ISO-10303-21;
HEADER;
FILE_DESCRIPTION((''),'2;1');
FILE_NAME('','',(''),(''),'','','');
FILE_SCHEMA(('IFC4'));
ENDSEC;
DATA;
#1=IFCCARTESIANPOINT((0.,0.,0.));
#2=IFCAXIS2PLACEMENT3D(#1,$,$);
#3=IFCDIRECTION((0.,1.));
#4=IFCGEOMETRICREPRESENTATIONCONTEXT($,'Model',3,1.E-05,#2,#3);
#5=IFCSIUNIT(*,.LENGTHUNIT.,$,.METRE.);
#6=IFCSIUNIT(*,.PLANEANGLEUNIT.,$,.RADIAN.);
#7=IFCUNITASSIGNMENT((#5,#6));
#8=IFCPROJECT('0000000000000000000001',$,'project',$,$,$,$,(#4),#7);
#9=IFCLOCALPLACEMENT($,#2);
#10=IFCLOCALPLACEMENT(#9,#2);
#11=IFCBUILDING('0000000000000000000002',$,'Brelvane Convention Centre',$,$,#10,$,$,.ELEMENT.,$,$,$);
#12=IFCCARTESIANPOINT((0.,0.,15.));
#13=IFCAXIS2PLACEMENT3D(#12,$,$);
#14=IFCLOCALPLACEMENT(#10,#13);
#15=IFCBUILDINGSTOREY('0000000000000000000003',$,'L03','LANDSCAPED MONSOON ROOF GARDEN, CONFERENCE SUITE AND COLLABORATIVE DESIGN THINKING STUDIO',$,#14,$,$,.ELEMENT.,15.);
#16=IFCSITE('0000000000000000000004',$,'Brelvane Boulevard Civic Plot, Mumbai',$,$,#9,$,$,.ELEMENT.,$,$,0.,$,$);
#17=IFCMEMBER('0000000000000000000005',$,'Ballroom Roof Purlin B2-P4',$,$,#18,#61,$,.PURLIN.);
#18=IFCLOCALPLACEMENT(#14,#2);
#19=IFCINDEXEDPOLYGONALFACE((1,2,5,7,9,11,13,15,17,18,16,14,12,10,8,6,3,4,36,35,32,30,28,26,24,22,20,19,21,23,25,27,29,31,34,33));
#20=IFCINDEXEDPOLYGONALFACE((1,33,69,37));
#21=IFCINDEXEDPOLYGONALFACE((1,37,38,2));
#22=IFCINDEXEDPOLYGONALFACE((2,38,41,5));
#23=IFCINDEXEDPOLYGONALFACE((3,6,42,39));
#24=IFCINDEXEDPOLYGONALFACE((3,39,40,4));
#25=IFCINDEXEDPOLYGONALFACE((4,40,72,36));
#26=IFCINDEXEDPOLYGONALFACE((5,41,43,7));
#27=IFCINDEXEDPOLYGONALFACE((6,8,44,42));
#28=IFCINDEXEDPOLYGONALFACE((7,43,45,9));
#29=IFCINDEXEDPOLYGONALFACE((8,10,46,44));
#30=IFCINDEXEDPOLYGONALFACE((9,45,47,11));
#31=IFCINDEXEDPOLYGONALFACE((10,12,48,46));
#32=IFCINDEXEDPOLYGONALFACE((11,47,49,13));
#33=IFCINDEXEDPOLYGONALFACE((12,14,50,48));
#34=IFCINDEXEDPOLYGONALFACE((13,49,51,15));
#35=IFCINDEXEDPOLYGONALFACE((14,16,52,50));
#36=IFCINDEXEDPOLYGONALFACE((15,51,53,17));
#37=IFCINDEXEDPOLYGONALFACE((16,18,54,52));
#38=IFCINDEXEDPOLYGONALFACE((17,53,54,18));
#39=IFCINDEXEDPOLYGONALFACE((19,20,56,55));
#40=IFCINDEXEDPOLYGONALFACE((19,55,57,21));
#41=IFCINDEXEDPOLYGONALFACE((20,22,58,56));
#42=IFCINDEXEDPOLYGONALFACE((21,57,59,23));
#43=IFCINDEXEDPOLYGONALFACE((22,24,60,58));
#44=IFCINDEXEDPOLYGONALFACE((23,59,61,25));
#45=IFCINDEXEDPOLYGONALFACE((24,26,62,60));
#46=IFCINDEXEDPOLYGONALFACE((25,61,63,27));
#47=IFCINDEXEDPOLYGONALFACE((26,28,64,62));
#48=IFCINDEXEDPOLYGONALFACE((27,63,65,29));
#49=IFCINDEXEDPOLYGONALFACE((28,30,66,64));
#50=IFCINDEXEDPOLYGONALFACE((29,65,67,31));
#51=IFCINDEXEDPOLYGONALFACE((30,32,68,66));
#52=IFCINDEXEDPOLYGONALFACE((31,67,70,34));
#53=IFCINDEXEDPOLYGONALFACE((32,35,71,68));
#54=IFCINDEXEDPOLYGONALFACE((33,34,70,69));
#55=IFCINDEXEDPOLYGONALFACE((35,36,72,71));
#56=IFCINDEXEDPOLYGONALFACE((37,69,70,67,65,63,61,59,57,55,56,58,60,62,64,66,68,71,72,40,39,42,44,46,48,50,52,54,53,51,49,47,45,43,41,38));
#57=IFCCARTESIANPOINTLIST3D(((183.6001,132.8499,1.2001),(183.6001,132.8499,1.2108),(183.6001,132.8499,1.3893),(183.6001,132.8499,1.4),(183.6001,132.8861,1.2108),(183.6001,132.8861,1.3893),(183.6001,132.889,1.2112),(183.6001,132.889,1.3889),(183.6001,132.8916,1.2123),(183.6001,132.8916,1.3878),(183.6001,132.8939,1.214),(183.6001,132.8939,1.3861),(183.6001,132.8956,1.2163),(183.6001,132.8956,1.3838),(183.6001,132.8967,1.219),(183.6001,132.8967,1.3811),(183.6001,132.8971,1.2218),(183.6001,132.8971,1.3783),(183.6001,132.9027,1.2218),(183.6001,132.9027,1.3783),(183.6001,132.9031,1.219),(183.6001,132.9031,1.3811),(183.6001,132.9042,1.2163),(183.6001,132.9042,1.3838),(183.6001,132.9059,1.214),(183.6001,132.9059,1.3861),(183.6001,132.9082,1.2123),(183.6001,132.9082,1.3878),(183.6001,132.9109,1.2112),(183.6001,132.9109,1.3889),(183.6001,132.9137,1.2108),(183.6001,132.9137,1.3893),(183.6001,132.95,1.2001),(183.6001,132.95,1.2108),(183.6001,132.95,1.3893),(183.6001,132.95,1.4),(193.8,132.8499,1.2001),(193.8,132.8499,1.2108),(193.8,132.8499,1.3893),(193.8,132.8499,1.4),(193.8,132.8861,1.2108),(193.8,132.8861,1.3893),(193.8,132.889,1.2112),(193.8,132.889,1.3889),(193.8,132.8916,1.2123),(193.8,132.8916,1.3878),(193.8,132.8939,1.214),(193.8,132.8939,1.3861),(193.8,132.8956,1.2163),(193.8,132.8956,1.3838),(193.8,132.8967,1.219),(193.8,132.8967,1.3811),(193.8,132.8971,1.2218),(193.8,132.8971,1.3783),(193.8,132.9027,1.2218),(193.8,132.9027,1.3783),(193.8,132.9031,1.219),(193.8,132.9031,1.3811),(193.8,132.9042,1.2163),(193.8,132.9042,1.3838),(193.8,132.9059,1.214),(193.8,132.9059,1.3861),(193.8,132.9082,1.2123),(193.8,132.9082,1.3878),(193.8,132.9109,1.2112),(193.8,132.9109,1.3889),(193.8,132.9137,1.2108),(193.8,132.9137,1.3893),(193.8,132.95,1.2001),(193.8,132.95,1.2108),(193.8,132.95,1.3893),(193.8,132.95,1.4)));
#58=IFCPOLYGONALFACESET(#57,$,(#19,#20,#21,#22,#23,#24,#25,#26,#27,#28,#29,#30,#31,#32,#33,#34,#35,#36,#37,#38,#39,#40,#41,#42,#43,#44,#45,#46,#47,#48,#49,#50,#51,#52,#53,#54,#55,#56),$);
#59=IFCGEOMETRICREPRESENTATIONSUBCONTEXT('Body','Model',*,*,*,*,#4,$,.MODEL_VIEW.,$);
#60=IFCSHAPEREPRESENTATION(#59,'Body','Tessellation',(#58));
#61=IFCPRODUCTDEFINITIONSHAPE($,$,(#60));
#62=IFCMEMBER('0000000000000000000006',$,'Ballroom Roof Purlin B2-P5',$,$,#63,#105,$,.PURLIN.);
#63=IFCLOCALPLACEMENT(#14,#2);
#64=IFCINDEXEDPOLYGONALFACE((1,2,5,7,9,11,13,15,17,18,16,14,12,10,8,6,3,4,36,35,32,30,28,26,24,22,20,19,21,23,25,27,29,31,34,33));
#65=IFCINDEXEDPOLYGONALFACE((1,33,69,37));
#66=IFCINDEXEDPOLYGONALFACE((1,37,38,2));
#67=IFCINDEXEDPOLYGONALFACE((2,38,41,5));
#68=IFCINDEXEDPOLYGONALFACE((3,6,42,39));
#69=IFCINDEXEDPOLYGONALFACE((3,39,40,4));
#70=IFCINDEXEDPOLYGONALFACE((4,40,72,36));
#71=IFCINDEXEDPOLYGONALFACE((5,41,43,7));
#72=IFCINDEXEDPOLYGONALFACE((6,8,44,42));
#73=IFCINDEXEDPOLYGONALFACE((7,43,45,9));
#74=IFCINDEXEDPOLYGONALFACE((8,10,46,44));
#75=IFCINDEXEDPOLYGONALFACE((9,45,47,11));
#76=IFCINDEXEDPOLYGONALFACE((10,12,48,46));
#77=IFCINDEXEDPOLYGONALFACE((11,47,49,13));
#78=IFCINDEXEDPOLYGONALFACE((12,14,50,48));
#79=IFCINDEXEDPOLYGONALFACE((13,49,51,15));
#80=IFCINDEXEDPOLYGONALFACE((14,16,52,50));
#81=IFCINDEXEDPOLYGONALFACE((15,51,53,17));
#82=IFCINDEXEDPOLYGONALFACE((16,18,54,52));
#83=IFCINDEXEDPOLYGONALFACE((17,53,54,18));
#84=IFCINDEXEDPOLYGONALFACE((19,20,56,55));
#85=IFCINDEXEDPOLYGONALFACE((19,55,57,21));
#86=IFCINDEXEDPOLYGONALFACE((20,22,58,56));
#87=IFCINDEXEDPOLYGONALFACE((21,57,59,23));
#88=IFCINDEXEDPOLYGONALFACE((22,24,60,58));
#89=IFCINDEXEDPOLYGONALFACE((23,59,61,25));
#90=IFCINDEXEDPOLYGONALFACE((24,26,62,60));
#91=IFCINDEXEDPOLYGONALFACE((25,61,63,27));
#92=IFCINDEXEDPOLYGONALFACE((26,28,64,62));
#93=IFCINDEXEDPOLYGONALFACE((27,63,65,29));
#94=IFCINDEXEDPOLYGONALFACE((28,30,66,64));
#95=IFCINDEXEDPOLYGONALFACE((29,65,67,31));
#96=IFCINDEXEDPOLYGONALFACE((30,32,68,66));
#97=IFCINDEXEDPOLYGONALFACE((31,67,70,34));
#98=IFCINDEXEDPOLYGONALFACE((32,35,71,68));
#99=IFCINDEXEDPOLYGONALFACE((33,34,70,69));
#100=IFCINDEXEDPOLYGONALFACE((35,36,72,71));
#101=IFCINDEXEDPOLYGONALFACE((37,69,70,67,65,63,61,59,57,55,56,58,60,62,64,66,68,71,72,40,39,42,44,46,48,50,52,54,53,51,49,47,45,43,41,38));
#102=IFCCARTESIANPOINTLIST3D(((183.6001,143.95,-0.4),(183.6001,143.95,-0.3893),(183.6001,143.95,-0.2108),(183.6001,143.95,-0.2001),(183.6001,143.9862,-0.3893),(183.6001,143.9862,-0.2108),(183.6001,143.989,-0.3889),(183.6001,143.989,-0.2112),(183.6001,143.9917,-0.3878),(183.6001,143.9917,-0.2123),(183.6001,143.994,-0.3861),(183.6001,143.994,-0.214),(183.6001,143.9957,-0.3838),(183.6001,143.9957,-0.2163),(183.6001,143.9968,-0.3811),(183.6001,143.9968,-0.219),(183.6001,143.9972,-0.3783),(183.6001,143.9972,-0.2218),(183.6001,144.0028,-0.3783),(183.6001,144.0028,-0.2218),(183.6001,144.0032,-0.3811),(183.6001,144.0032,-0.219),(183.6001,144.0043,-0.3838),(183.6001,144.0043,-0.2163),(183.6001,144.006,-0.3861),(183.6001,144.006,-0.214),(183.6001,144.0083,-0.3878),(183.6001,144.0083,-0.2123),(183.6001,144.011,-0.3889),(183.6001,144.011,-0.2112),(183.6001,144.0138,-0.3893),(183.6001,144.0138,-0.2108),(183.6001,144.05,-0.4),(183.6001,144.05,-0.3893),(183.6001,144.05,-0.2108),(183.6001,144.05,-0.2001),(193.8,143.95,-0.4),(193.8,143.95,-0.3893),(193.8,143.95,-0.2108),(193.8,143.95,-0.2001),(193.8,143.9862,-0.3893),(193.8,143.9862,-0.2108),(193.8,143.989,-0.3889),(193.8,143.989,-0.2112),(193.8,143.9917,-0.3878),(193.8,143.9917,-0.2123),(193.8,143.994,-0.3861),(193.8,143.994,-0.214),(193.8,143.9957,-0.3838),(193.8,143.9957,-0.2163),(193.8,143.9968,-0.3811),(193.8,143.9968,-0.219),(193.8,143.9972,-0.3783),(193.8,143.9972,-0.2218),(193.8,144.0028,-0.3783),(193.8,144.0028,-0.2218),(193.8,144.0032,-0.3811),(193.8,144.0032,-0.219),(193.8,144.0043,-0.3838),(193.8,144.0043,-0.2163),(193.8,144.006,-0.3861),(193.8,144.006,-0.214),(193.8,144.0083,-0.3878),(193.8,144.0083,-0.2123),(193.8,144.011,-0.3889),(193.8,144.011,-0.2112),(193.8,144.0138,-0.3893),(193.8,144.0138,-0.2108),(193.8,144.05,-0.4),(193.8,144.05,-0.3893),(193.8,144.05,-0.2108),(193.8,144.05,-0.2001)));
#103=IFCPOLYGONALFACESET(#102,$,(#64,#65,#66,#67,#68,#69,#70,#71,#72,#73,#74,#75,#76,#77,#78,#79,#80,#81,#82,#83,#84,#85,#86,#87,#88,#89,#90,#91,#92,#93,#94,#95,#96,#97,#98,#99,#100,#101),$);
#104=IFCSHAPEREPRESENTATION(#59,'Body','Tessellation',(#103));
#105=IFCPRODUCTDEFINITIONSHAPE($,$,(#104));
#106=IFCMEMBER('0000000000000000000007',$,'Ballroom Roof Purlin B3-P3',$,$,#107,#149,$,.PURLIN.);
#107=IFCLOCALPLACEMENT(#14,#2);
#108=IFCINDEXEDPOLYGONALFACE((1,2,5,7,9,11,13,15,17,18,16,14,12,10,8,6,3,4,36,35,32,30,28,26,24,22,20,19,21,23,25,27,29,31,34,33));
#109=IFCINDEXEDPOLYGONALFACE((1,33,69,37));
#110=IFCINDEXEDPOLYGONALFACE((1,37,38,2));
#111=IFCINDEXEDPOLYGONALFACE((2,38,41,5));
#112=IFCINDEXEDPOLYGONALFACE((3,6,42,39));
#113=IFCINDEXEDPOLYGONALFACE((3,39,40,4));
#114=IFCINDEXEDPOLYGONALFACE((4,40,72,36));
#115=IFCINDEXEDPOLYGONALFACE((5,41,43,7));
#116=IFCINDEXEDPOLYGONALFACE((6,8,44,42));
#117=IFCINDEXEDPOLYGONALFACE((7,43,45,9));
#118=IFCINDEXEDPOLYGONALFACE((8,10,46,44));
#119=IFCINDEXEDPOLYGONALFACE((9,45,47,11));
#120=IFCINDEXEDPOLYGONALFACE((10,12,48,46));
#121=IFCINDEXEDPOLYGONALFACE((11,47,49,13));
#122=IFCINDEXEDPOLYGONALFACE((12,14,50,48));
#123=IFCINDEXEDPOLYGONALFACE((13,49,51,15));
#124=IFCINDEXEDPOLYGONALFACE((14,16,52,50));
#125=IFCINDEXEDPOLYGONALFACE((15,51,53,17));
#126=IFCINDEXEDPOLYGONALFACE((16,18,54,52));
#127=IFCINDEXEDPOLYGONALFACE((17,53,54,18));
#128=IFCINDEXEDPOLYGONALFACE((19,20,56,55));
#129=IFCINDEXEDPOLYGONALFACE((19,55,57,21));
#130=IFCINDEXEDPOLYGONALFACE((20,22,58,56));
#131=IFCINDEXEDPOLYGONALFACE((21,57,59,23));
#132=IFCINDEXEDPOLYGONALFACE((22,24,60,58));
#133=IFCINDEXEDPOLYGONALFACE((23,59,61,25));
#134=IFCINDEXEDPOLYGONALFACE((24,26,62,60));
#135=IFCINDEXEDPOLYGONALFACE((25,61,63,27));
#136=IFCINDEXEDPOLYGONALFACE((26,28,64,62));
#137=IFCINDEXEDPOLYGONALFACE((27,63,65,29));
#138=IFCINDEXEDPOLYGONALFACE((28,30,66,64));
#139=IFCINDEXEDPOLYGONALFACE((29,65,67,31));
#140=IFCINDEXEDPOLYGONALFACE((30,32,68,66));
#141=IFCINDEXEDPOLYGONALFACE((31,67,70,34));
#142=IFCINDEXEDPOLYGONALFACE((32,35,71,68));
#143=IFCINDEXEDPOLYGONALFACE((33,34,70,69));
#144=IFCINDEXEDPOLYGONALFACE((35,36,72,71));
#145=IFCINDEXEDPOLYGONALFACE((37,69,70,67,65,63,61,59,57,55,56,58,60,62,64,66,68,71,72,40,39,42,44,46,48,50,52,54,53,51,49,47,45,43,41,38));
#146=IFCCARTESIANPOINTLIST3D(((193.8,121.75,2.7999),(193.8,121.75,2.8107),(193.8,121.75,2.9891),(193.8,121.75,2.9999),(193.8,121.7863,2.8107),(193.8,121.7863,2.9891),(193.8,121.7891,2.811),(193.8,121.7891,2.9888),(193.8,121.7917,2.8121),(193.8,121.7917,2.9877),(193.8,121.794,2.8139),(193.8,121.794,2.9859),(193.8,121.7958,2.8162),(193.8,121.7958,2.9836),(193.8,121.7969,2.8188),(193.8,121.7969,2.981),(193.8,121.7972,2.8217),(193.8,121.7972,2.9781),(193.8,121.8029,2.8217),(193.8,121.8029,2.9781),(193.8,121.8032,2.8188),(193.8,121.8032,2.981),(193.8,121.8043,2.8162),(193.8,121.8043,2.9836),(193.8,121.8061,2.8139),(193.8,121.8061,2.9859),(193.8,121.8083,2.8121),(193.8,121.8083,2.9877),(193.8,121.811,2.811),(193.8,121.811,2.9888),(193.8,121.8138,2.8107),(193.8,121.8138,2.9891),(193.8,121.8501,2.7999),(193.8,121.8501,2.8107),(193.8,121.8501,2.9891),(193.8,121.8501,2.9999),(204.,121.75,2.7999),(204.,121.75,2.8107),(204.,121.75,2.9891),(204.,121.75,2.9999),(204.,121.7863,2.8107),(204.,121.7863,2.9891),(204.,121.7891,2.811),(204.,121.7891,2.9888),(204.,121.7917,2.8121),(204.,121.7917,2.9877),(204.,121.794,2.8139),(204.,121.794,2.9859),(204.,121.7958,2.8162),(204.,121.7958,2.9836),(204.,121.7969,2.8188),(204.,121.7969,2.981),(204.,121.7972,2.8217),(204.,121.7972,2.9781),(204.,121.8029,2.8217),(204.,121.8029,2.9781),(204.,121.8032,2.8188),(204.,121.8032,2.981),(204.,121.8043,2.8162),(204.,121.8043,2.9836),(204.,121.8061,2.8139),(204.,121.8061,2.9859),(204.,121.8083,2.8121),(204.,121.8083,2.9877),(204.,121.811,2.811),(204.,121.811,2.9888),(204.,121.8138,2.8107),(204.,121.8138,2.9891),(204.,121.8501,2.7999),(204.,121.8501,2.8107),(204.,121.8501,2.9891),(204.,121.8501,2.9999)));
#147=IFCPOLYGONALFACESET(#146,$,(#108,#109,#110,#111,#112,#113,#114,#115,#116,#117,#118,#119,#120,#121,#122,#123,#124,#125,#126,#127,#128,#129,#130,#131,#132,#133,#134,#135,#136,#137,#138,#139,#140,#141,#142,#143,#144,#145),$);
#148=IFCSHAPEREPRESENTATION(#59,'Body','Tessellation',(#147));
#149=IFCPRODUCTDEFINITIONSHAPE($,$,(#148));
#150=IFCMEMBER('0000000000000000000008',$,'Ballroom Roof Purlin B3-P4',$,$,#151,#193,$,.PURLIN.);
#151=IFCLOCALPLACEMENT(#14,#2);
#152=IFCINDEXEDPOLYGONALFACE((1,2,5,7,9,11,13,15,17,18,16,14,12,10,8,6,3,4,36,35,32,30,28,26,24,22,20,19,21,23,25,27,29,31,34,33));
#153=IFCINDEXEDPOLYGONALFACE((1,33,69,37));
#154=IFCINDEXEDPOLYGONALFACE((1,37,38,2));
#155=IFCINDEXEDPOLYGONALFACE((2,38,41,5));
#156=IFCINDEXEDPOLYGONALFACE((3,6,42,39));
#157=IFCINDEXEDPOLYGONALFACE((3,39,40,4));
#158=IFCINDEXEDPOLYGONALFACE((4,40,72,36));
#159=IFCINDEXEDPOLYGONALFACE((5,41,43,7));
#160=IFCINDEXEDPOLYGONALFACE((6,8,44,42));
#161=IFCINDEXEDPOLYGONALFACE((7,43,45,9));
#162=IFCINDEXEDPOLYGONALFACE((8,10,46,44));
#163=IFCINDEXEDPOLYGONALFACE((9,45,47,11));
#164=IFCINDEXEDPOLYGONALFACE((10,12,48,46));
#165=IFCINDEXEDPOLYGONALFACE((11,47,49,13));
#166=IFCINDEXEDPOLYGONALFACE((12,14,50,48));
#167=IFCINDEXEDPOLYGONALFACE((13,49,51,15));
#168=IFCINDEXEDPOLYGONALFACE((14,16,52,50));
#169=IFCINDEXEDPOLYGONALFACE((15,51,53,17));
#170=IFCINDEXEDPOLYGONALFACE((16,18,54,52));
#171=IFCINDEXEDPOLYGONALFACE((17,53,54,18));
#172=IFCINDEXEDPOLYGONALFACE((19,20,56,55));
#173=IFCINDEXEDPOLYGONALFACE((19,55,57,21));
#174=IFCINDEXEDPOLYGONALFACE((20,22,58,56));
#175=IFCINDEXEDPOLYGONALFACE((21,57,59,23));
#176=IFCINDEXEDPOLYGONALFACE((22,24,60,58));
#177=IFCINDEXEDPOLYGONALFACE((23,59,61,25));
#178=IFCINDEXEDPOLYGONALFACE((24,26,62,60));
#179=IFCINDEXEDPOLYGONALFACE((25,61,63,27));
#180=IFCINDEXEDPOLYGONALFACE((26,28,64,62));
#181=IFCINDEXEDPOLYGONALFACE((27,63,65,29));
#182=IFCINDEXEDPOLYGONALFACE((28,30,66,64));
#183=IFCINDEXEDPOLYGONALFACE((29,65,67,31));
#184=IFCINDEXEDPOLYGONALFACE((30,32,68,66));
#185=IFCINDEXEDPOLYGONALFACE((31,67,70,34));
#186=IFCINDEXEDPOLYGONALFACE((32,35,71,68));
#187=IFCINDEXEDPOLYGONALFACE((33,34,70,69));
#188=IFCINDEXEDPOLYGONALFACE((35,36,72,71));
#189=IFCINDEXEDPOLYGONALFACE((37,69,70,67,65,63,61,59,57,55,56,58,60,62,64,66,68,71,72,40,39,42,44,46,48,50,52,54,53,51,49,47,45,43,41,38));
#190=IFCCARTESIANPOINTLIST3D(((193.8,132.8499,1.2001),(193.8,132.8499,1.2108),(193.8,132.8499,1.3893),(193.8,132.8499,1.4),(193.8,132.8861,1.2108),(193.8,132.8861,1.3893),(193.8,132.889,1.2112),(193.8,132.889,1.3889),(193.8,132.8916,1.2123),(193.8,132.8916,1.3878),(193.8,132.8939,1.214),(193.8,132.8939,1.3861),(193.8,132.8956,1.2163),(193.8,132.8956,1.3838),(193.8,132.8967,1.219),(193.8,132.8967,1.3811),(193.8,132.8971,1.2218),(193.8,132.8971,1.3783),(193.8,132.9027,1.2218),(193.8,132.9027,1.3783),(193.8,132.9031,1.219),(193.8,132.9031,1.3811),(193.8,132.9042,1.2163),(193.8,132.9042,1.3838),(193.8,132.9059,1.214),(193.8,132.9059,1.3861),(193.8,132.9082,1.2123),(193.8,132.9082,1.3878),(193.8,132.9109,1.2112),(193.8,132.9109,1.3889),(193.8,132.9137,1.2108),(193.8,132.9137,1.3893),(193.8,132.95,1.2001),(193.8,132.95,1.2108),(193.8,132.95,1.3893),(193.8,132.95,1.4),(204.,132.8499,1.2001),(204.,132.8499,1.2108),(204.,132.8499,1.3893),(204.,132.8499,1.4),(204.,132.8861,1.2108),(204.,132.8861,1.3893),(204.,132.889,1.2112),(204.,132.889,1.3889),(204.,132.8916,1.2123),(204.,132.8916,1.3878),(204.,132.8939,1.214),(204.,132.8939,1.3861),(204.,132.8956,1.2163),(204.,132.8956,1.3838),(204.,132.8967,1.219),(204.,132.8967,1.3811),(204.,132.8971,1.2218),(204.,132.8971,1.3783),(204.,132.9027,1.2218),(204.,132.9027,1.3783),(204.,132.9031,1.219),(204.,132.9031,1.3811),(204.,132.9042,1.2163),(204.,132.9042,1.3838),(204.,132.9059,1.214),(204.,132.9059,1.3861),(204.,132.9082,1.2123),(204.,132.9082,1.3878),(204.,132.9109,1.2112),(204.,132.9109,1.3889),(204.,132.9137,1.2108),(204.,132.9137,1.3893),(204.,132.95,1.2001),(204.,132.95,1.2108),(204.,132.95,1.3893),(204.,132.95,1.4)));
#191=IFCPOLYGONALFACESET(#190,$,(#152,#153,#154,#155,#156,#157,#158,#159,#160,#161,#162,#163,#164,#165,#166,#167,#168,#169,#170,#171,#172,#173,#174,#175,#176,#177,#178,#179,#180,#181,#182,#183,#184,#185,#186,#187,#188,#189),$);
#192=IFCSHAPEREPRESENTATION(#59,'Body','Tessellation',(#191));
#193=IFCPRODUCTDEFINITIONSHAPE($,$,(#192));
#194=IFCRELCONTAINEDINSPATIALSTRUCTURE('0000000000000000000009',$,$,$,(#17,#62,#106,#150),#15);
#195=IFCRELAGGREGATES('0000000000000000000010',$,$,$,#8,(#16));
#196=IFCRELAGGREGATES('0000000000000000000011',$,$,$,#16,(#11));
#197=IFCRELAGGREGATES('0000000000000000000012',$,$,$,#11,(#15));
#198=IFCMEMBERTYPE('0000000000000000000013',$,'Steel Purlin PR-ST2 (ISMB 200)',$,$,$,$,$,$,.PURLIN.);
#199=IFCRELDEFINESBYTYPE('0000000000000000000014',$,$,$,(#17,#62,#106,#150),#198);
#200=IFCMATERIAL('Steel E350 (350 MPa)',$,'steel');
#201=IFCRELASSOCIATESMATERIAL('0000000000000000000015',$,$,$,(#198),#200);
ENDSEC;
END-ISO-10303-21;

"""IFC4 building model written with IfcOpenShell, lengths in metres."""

from ifc_helpers import new_model, si_unit, direction, frame, origin, origin_2d, place, context, subcontext, project, spatial, i_section, extrude, material, material_profile, profile_set, type_object, element, save


model = new_model("IFC4")

# Units and contexts
model_context = context("Model", 3, precision=1e-05, world=origin(), true_north=direction((0.0, 1.0)))
body_context = subcontext(model_context, "Body", "Model", "MODEL_VIEW")
ifc_project = project(units=[si_unit("LENGTHUNIT", "METRE"), si_unit("PLANEANGLEUNIT", "RADIAN")], contexts=[model_context])

# Site, building, storey
site_placement = place(None, origin())
site = spatial("IfcSite", under=ifc_project, at=site_placement, Name="Brelvane Boulevard Civic Plot, Mumbai", CompositionType="ELEMENT", RefElevation=0.0)
building_placement = place(site_placement, origin())
building = spatial("IfcBuilding", under=site, at=building_placement, Name="Brelvane Convention Centre", CompositionType="ELEMENT")
storey_placement = place(building_placement, frame((0.0, 0.0, 15.0)))
storey = spatial("IfcBuildingStorey", under=building, at=storey_placement, Name="L03", Description="LANDSCAPED MONSOON ROOF GARDEN, CONFERENCE SUITE AND COLLABORATIVE DESIGN THINKING STUDIO", CompositionType="ELEMENT", Elevation=15.0)

# Members
ifc_material_1 = material(Name="Steel E350 (350 MPa)", Category="steel")
ifc_material_profile_1 = material_profile(ifc_material_1, i_section(OverallWidth=0.1001, OverallDepth=0.2, WebThickness=0.0056, FlangeThickness=0.0107, FilletRadius=0.011, at=origin_2d()), Name="ISMB 200")
ifc_profile_set_1 = profile_set([ifc_material_profile_1], Name="Steel E350 (350 MPa)")
member_type_1 = type_object("IfcMemberType", Name="Steel Purlin PR-ST2 (ISMB 200)", PredefinedType="PURLIN", material=ifc_profile_set_1)
for number, where, z_axis, x_axis, name in (
    (1, (183.6001, 132.8999, 1.3), (1.0, 0.0, 0.0), (0.0, 1.0, 0.0), "Ballroom Roof Purlin B2-P4"),
    (2, (183.6001, 144.0, -0.3), (1.0, 0.0, 0.0), (0.0, 1.0, 0.0), "Ballroom Roof Purlin B2-P5"),
    (3, (193.8, 121.8, 2.8999), (1.0, 0.0, 0.0), (0.0, 1.0, 0.0), "Ballroom Roof Purlin B3-P3"),
    (4, (193.8, 132.8999, 1.3), (1.0, 0.0, 0.0), (0.0, 1.0, 0.0), "Ballroom Roof Purlin B3-P4"),
):
    element("IfcMember", number, at=place(storey_placement, frame(where, z_axis=z_axis, x_axis=x_axis)), inside=storey, type_object=member_type_1, Name=name, PredefinedType="PURLIN", context=body_context, shape_type="SweptSolid", body=[
        extrude(i_section(OverallWidth=0.1001, OverallDepth=0.2, WebThickness=0.0056, FlangeThickness=0.0107, FilletRadius=0.011, at=origin_2d()), origin(), (0.0, 0.0, 1.0), 10.2),
    ])

save(model, "model.ifc")
